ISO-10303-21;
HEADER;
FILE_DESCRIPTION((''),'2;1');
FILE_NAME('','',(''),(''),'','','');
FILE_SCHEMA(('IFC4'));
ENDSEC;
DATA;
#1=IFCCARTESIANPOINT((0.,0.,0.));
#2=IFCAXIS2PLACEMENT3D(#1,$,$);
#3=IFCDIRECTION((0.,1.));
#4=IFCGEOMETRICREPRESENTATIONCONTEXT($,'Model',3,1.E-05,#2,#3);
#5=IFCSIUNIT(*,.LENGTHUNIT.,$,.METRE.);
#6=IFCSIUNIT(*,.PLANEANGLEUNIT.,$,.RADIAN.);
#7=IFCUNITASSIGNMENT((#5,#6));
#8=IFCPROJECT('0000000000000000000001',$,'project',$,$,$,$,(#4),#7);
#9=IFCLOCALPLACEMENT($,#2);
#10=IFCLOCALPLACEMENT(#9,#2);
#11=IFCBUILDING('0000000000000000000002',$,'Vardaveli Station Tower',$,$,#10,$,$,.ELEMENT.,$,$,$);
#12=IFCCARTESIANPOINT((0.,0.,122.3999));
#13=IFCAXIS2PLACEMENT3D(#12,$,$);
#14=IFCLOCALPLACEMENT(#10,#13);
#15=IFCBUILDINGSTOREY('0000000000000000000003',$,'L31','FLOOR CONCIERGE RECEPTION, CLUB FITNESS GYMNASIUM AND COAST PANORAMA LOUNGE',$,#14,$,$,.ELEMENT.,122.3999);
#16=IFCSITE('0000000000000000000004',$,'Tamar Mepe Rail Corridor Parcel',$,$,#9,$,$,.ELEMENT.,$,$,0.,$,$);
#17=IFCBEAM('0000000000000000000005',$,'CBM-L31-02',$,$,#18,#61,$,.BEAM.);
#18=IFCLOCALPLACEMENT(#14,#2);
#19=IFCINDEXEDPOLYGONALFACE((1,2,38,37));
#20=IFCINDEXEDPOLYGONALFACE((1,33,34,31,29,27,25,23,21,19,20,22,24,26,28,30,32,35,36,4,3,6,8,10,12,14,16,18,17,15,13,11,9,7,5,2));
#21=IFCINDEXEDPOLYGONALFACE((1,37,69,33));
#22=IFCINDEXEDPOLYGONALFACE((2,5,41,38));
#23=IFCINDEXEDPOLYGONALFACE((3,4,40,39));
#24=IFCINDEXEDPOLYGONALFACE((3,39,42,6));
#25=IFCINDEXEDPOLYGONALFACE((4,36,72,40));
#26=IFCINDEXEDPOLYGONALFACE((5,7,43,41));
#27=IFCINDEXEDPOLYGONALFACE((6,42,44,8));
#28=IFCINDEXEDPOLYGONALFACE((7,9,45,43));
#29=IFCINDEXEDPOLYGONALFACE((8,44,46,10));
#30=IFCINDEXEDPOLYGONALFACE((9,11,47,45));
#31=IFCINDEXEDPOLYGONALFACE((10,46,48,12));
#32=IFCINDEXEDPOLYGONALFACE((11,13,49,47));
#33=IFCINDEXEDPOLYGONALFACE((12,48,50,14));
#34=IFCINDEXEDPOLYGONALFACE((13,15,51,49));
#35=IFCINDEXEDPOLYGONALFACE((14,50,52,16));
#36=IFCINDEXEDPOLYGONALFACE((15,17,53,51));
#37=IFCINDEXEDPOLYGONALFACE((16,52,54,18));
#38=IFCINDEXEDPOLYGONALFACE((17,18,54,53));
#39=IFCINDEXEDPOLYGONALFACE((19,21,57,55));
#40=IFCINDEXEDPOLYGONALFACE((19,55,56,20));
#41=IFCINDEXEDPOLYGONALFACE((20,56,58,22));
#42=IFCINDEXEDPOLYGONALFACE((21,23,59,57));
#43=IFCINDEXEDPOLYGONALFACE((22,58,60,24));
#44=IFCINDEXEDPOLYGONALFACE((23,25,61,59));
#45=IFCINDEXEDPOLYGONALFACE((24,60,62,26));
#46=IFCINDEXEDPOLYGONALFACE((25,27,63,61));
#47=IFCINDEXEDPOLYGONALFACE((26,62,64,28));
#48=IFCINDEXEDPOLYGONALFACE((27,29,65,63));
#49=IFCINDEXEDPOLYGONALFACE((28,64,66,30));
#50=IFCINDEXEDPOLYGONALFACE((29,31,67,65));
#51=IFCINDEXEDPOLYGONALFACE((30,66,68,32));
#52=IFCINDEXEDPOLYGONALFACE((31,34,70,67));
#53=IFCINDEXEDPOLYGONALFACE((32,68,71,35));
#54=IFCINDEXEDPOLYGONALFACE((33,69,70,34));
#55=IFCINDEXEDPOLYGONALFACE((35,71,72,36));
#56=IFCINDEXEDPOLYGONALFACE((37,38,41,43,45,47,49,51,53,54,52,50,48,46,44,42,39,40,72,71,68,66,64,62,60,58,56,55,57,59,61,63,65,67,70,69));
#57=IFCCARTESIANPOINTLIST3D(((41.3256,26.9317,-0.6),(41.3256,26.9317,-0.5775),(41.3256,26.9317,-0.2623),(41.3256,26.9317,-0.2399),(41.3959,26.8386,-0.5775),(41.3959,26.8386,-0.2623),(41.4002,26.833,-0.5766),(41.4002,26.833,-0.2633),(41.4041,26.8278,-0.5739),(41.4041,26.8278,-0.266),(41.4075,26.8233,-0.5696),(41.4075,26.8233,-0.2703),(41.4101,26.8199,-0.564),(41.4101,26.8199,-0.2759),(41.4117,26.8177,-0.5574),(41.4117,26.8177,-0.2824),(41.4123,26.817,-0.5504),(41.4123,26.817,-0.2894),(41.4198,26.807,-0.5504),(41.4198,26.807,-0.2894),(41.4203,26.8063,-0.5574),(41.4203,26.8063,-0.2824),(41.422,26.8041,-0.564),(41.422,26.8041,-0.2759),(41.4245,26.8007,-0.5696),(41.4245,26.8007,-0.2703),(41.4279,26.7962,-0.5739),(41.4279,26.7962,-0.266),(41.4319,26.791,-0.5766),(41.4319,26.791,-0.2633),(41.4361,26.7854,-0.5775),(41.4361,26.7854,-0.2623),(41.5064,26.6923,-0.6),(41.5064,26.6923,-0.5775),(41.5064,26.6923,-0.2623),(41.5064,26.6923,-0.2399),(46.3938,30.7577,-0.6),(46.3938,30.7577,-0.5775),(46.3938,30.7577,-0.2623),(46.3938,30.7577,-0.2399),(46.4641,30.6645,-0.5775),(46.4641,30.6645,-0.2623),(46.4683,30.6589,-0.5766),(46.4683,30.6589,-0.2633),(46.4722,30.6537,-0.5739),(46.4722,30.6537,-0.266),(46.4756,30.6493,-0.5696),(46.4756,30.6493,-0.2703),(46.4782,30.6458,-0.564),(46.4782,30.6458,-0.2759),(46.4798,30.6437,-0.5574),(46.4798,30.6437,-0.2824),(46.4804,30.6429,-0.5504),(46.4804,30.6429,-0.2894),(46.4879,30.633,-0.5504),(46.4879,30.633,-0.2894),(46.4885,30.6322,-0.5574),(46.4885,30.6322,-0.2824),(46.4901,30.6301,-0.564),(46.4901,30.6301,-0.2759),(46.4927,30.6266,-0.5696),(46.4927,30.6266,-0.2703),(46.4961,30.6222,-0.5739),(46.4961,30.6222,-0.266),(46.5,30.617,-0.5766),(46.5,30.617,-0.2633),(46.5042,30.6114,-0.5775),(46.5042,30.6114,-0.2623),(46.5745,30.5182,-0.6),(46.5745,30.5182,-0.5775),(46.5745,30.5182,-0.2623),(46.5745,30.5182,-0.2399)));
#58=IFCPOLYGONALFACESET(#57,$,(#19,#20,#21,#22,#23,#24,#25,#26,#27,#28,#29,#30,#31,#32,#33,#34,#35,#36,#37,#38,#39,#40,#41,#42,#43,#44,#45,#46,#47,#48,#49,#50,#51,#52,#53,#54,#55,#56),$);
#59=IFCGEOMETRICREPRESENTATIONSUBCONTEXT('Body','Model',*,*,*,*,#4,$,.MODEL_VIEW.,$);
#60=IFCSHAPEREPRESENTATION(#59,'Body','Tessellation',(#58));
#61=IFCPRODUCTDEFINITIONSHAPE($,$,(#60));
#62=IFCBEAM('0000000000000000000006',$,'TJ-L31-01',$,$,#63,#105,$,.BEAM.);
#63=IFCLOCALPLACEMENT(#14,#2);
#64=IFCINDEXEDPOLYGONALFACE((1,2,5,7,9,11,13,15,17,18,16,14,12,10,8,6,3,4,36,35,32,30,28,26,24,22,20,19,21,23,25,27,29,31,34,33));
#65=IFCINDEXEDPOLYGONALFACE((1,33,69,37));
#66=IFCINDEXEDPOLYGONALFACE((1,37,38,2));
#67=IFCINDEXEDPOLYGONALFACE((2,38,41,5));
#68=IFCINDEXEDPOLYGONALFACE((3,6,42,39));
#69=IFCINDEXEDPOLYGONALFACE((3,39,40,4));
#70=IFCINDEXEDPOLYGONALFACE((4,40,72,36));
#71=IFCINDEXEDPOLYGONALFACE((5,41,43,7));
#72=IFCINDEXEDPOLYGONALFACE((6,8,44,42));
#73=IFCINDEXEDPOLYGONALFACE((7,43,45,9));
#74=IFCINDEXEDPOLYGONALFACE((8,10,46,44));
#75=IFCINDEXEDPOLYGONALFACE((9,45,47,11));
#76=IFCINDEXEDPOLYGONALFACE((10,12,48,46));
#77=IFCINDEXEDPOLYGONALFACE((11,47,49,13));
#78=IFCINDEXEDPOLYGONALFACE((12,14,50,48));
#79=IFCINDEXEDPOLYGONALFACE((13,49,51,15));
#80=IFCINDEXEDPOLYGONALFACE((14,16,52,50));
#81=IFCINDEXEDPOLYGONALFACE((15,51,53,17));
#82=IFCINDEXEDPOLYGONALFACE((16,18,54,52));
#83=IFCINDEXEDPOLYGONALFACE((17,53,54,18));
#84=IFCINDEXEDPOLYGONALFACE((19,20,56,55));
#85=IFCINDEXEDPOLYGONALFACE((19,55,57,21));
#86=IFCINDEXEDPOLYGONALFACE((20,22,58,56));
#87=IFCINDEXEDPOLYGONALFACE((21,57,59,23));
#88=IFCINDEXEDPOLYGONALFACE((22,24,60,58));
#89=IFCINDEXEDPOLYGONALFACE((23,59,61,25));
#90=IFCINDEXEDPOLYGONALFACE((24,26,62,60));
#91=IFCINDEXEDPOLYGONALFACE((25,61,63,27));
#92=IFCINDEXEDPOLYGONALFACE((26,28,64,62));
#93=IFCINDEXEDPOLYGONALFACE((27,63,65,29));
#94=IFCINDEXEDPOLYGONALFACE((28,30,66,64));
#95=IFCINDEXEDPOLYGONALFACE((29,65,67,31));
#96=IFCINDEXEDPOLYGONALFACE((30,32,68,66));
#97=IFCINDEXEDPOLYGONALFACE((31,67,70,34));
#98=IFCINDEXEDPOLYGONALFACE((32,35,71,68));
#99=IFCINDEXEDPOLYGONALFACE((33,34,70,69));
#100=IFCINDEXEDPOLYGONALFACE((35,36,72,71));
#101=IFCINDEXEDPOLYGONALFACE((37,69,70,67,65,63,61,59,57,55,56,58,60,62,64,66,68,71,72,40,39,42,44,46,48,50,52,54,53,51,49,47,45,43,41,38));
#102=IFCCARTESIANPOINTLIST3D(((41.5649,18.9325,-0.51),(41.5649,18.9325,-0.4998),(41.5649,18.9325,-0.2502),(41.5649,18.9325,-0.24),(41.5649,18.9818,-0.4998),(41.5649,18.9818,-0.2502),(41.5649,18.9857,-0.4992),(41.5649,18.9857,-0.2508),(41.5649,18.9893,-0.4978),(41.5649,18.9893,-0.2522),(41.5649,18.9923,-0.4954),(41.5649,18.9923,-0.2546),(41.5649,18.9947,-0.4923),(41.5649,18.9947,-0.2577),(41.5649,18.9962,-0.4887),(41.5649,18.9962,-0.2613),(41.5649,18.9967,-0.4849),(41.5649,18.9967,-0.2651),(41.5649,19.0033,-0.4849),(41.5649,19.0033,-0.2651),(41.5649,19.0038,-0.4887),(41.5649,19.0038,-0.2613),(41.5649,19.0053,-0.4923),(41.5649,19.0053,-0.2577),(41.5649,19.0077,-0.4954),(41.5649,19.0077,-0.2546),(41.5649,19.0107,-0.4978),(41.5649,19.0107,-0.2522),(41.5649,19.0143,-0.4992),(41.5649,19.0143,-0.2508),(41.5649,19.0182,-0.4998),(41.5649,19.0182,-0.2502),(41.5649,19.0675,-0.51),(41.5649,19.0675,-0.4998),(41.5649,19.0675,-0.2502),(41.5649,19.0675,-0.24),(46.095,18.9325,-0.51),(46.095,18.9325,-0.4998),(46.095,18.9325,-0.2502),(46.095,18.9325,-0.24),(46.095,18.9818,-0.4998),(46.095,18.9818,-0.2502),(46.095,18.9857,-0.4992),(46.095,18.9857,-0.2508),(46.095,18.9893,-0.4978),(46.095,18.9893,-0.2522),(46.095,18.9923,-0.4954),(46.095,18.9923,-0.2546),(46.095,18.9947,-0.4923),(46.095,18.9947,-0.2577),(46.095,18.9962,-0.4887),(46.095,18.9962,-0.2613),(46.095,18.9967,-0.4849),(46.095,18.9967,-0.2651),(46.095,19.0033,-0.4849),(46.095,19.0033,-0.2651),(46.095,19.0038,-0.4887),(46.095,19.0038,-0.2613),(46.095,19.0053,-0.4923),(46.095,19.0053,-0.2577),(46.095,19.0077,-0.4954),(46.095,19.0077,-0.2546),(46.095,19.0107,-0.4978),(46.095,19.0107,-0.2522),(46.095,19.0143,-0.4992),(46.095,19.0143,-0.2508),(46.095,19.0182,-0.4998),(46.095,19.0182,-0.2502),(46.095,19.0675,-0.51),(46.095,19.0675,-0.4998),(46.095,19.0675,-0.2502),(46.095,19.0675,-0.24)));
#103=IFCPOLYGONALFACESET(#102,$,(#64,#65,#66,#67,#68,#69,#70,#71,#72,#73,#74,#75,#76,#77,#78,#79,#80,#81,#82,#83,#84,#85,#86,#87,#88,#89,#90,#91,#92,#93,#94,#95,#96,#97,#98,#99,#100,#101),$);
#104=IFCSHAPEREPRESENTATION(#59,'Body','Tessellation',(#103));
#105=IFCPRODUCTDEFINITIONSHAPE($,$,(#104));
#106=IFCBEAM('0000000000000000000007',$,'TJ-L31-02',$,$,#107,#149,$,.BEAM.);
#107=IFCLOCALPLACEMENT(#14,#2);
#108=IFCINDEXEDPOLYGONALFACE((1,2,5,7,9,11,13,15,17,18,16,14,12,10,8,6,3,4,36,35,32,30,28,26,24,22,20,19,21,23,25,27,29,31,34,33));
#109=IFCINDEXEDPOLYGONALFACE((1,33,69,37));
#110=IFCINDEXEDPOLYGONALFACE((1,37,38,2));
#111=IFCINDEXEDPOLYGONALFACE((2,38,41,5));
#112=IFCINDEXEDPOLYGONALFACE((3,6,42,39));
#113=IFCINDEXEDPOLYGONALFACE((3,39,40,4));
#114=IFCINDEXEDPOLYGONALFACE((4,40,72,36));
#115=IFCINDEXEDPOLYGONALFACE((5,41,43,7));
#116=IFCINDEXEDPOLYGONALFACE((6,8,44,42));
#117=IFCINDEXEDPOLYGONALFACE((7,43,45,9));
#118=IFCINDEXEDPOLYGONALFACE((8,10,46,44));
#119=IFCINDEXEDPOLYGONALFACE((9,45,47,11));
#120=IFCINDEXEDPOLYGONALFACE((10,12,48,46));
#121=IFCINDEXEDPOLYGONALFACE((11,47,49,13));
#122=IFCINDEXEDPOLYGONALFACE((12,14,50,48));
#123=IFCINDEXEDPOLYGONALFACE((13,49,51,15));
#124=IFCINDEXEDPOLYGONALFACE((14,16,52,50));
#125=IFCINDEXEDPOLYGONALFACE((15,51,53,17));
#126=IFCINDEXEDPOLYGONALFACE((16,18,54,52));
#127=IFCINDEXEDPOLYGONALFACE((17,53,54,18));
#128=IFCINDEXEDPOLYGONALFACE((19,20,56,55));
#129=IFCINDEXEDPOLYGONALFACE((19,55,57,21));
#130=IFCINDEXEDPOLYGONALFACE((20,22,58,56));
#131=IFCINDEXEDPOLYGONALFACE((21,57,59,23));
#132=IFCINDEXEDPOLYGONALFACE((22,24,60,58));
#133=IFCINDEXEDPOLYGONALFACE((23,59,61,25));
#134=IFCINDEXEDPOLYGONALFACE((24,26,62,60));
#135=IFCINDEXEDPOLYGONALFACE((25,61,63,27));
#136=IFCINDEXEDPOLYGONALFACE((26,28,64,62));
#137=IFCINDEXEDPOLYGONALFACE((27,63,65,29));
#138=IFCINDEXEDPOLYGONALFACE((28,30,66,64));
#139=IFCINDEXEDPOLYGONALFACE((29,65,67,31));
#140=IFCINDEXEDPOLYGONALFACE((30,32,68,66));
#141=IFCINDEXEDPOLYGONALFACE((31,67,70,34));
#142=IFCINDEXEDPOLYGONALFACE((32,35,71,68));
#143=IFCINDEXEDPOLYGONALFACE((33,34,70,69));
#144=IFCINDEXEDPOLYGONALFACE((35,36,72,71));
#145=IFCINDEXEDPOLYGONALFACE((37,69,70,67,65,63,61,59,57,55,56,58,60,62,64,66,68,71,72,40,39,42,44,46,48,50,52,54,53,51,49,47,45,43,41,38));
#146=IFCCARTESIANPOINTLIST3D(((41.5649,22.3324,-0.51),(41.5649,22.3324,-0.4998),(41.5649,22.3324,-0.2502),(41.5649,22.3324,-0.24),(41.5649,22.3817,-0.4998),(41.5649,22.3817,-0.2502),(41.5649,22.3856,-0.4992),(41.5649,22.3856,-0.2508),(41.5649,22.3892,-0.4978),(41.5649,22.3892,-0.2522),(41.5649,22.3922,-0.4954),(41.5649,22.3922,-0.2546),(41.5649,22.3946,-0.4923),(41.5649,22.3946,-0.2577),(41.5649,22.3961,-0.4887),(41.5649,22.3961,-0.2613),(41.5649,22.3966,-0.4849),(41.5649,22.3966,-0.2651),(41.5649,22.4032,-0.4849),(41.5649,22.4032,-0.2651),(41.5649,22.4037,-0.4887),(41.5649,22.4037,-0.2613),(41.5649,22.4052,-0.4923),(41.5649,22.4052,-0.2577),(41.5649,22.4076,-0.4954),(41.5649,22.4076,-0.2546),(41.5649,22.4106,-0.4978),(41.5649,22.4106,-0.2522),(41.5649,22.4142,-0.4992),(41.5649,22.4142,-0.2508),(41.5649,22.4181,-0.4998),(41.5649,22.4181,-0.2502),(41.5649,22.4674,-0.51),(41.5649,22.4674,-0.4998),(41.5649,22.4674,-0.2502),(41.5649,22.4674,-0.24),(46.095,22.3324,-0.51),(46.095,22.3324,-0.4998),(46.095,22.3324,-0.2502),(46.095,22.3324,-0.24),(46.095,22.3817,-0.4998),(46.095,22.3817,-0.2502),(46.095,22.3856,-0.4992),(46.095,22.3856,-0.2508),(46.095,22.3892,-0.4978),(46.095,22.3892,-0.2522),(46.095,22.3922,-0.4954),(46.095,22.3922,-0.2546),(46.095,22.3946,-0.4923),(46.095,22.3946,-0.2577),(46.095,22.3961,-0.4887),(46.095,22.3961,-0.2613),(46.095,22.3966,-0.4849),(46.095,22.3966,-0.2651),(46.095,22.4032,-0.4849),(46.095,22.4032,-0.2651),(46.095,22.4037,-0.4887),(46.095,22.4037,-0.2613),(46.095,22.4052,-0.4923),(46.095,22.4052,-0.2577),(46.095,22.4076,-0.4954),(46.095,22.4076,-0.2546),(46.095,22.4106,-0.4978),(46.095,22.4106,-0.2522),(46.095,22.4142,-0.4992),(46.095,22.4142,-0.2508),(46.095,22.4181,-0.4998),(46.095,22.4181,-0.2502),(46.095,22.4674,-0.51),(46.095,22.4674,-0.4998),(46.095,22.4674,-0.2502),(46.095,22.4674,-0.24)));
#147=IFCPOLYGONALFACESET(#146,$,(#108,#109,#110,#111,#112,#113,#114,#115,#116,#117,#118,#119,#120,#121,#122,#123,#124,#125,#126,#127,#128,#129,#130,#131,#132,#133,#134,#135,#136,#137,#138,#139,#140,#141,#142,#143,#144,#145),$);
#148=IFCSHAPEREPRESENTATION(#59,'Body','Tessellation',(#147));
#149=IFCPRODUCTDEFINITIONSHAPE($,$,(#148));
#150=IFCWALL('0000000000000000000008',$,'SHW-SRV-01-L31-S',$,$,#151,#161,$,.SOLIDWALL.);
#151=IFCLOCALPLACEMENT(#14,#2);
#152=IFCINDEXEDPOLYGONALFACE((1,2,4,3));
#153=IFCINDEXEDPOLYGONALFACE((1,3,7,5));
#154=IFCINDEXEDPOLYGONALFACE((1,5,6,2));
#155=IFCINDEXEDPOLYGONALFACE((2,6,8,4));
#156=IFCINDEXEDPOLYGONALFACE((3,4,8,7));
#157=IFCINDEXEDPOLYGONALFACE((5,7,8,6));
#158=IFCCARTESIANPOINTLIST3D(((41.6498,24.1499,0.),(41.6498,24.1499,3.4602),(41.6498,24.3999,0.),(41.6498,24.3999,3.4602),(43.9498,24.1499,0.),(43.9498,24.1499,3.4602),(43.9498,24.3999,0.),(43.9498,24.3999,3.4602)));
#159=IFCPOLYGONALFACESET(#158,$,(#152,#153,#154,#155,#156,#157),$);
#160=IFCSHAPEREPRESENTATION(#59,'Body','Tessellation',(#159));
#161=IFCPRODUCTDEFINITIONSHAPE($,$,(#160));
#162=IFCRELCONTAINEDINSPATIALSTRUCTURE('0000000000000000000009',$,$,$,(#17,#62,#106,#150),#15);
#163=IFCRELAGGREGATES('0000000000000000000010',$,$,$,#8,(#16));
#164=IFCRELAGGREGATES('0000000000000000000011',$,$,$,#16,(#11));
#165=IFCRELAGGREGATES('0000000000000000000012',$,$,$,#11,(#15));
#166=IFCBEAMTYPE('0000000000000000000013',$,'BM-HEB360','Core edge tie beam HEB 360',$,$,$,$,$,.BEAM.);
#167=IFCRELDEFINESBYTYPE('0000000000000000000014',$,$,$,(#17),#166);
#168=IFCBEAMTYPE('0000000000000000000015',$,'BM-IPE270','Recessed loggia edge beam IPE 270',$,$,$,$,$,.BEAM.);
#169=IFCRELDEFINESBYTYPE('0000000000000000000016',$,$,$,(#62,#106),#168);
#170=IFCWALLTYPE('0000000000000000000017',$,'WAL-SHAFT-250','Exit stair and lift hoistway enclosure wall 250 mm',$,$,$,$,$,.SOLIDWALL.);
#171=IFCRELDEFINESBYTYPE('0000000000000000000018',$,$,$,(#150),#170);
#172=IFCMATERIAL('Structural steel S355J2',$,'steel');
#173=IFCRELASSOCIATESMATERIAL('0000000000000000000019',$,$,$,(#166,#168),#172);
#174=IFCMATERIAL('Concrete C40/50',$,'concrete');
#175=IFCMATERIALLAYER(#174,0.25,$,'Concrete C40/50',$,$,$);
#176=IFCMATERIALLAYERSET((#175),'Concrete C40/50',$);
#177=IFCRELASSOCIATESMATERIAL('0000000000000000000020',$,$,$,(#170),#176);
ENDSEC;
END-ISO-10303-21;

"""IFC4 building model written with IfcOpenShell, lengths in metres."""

from ifc_helpers import new_model, si_unit, direction, frame, frame_2d, origin, origin_2d, place, context, subcontext, project, spatial, rectangle, i_section, extrude, source, transform, mapped, material, layer, layer_set, material_profile, profile_set, type_object, element, save


model = new_model("IFC4")

# Units and contexts
model_context = context("Model", 3, precision=1e-05, world=origin(), true_north=direction((0.0, 1.0)))
body_context = subcontext(model_context, "Body", "Model", "MODEL_VIEW")
ifc_project = project(units=[si_unit("LENGTHUNIT", "METRE"), si_unit("PLANEANGLEUNIT", "RADIAN")], contexts=[model_context])

# Site, building, storey
site_placement = place(None, origin())
site = spatial("IfcSite", under=ifc_project, at=site_placement, Name="Tamar Mepe Rail Corridor Parcel", CompositionType="ELEMENT", RefElevation=0.0)
building_placement = place(site_placement, origin())
building = spatial("IfcBuilding", under=site, at=building_placement, Name="Vardaveli Station Tower", CompositionType="ELEMENT")
storey_placement = place(building_placement, frame((0.0, 0.0, 122.3999)))
storey = spatial("IfcBuildingStorey", under=building, at=storey_placement, Name="L31", Description="FLOOR CONCIERGE RECEPTION, CLUB FITNESS GYMNASIUM AND COAST PANORAMA LOUNGE", CompositionType="ELEMENT", Elevation=122.3999)

# Beams
ifc_material_1 = material(Name="Structural steel S355J2", Category="steel")
ifc_material_profile_1 = material_profile(ifc_material_1, i_section(OverallWidth=0.3, OverallDepth=0.3601, WebThickness=0.0125, FlangeThickness=0.0225, FilletRadius=0.0271, at=origin_2d()), Name="HEB 360")
ifc_profile_set_1 = profile_set([ifc_material_profile_1], Name="Structural steel S355J2")
beam_type_1 = type_object("IfcBeamType", Name="BM-HEB360", Description="Core edge tie beam HEB 360", PredefinedType="BEAM", material=ifc_profile_set_1)
shared_shape_1 = source(origin(), body_context, "Body", "SweptSolid", [
    extrude(i_section(OverallWidth=0.3, OverallDepth=0.3601, WebThickness=0.0125, FlangeThickness=0.0225, FilletRadius=0.0271, at=origin_2d()), origin(), (0.0, 0.0, 1.0), 6.3501),
])
beam_1_placement = place(storey_placement, frame((41.416, 26.812, -0.4199), z_axis=(0.798118, 0.602501, 0.0), x_axis=(-0.602501, 0.798118, 0.0)))
element("IfcBeam", 1, at=beam_1_placement, inside=storey, type_object=beam_type_1, Name="CBM-L31-02", PredefinedType="BEAM", context=body_context, shape_type="MappedRepresentation", body=[
    mapped(shared_shape_1, transform((0.0, 0.0, 0.0), scale=1.0)),
])
ifc_material_profile_2 = material_profile(ifc_material_1, i_section(OverallWidth=0.135, OverallDepth=0.27, WebThickness=0.0066, FlangeThickness=0.0103, FilletRadius=0.0149, at=origin_2d()), Name="IPE 270")
ifc_profile_set_2 = profile_set([ifc_material_profile_2], Name="Structural steel S355J2")
beam_type_2 = type_object("IfcBeamType", Name="BM-IPE270", Description="Recessed loggia edge beam IPE 270", PredefinedType="BEAM", material=ifc_profile_set_2)
shared_shape_2 = source(origin(), body_context, "Body", "SweptSolid", [
    extrude(i_section(OverallWidth=0.135, OverallDepth=0.27, WebThickness=0.0066, FlangeThickness=0.0103, FilletRadius=0.0149, at=origin_2d()), origin(), (0.0, 0.0, 1.0), 4.53),
])
for number, where, z_axis, x_axis, name in (
    (2, (41.5649, 19.0, -0.375), (1.0, 0.0, 0.0), (0.0, 1.0, 0.0), "TJ-L31-01"),
    (3, (41.5649, 22.3999, -0.375), (1.0, 0.0, 0.0), (0.0, 1.0, 0.0), "TJ-L31-02"),
):
    element("IfcBeam", number, at=place(storey_placement, frame(where, z_axis=z_axis, x_axis=x_axis)), inside=storey, type_object=beam_type_2, Name=name, PredefinedType="BEAM", context=body_context, shape_type="MappedRepresentation", body=[
        mapped(shared_shape_2, transform((0.0, 0.0, 0.0), scale=1.0)),
    ])

# Wall
ifc_material_2 = material(Name="Concrete C40/50", Category="concrete")
ifc_layer_1 = layer(ifc_material_2, 0.25, Name="Concrete C40/50")
ifc_layer_set_1 = layer_set([ifc_layer_1], Name="Concrete C40/50")
wall_type_1 = type_object("IfcWallType", Name="WAL-SHAFT-250", Description="Exit stair and lift hoistway enclosure wall 250 mm", PredefinedType="SOLIDWALL", material=ifc_layer_set_1)
shared_shape_3 = source(origin(), body_context, "Body", "SweptSolid", [
    extrude(rectangle(XDim=2.3, YDim=0.25, at=frame_2d((1.1499, 0.0))), origin(), (0.0, 0.0, 1.0), 3.4602),
])
wall_1_placement = place(storey_placement, frame((41.6499, 24.2749, 0.0), z_axis=(0.0, 0.0, 1.0), x_axis=(1.0, 0.0, 0.0)))
element("IfcWall", 4, at=wall_1_placement, inside=storey, type_object=wall_type_1, Name="SHW-SRV-01-L31-S", PredefinedType="SOLIDWALL", context=body_context, shape_type="MappedRepresentation", body=[
    mapped(shared_shape_3, transform((0.0, 0.0, 0.0), scale=1.0)),
])

save(model, "model.ifc")
